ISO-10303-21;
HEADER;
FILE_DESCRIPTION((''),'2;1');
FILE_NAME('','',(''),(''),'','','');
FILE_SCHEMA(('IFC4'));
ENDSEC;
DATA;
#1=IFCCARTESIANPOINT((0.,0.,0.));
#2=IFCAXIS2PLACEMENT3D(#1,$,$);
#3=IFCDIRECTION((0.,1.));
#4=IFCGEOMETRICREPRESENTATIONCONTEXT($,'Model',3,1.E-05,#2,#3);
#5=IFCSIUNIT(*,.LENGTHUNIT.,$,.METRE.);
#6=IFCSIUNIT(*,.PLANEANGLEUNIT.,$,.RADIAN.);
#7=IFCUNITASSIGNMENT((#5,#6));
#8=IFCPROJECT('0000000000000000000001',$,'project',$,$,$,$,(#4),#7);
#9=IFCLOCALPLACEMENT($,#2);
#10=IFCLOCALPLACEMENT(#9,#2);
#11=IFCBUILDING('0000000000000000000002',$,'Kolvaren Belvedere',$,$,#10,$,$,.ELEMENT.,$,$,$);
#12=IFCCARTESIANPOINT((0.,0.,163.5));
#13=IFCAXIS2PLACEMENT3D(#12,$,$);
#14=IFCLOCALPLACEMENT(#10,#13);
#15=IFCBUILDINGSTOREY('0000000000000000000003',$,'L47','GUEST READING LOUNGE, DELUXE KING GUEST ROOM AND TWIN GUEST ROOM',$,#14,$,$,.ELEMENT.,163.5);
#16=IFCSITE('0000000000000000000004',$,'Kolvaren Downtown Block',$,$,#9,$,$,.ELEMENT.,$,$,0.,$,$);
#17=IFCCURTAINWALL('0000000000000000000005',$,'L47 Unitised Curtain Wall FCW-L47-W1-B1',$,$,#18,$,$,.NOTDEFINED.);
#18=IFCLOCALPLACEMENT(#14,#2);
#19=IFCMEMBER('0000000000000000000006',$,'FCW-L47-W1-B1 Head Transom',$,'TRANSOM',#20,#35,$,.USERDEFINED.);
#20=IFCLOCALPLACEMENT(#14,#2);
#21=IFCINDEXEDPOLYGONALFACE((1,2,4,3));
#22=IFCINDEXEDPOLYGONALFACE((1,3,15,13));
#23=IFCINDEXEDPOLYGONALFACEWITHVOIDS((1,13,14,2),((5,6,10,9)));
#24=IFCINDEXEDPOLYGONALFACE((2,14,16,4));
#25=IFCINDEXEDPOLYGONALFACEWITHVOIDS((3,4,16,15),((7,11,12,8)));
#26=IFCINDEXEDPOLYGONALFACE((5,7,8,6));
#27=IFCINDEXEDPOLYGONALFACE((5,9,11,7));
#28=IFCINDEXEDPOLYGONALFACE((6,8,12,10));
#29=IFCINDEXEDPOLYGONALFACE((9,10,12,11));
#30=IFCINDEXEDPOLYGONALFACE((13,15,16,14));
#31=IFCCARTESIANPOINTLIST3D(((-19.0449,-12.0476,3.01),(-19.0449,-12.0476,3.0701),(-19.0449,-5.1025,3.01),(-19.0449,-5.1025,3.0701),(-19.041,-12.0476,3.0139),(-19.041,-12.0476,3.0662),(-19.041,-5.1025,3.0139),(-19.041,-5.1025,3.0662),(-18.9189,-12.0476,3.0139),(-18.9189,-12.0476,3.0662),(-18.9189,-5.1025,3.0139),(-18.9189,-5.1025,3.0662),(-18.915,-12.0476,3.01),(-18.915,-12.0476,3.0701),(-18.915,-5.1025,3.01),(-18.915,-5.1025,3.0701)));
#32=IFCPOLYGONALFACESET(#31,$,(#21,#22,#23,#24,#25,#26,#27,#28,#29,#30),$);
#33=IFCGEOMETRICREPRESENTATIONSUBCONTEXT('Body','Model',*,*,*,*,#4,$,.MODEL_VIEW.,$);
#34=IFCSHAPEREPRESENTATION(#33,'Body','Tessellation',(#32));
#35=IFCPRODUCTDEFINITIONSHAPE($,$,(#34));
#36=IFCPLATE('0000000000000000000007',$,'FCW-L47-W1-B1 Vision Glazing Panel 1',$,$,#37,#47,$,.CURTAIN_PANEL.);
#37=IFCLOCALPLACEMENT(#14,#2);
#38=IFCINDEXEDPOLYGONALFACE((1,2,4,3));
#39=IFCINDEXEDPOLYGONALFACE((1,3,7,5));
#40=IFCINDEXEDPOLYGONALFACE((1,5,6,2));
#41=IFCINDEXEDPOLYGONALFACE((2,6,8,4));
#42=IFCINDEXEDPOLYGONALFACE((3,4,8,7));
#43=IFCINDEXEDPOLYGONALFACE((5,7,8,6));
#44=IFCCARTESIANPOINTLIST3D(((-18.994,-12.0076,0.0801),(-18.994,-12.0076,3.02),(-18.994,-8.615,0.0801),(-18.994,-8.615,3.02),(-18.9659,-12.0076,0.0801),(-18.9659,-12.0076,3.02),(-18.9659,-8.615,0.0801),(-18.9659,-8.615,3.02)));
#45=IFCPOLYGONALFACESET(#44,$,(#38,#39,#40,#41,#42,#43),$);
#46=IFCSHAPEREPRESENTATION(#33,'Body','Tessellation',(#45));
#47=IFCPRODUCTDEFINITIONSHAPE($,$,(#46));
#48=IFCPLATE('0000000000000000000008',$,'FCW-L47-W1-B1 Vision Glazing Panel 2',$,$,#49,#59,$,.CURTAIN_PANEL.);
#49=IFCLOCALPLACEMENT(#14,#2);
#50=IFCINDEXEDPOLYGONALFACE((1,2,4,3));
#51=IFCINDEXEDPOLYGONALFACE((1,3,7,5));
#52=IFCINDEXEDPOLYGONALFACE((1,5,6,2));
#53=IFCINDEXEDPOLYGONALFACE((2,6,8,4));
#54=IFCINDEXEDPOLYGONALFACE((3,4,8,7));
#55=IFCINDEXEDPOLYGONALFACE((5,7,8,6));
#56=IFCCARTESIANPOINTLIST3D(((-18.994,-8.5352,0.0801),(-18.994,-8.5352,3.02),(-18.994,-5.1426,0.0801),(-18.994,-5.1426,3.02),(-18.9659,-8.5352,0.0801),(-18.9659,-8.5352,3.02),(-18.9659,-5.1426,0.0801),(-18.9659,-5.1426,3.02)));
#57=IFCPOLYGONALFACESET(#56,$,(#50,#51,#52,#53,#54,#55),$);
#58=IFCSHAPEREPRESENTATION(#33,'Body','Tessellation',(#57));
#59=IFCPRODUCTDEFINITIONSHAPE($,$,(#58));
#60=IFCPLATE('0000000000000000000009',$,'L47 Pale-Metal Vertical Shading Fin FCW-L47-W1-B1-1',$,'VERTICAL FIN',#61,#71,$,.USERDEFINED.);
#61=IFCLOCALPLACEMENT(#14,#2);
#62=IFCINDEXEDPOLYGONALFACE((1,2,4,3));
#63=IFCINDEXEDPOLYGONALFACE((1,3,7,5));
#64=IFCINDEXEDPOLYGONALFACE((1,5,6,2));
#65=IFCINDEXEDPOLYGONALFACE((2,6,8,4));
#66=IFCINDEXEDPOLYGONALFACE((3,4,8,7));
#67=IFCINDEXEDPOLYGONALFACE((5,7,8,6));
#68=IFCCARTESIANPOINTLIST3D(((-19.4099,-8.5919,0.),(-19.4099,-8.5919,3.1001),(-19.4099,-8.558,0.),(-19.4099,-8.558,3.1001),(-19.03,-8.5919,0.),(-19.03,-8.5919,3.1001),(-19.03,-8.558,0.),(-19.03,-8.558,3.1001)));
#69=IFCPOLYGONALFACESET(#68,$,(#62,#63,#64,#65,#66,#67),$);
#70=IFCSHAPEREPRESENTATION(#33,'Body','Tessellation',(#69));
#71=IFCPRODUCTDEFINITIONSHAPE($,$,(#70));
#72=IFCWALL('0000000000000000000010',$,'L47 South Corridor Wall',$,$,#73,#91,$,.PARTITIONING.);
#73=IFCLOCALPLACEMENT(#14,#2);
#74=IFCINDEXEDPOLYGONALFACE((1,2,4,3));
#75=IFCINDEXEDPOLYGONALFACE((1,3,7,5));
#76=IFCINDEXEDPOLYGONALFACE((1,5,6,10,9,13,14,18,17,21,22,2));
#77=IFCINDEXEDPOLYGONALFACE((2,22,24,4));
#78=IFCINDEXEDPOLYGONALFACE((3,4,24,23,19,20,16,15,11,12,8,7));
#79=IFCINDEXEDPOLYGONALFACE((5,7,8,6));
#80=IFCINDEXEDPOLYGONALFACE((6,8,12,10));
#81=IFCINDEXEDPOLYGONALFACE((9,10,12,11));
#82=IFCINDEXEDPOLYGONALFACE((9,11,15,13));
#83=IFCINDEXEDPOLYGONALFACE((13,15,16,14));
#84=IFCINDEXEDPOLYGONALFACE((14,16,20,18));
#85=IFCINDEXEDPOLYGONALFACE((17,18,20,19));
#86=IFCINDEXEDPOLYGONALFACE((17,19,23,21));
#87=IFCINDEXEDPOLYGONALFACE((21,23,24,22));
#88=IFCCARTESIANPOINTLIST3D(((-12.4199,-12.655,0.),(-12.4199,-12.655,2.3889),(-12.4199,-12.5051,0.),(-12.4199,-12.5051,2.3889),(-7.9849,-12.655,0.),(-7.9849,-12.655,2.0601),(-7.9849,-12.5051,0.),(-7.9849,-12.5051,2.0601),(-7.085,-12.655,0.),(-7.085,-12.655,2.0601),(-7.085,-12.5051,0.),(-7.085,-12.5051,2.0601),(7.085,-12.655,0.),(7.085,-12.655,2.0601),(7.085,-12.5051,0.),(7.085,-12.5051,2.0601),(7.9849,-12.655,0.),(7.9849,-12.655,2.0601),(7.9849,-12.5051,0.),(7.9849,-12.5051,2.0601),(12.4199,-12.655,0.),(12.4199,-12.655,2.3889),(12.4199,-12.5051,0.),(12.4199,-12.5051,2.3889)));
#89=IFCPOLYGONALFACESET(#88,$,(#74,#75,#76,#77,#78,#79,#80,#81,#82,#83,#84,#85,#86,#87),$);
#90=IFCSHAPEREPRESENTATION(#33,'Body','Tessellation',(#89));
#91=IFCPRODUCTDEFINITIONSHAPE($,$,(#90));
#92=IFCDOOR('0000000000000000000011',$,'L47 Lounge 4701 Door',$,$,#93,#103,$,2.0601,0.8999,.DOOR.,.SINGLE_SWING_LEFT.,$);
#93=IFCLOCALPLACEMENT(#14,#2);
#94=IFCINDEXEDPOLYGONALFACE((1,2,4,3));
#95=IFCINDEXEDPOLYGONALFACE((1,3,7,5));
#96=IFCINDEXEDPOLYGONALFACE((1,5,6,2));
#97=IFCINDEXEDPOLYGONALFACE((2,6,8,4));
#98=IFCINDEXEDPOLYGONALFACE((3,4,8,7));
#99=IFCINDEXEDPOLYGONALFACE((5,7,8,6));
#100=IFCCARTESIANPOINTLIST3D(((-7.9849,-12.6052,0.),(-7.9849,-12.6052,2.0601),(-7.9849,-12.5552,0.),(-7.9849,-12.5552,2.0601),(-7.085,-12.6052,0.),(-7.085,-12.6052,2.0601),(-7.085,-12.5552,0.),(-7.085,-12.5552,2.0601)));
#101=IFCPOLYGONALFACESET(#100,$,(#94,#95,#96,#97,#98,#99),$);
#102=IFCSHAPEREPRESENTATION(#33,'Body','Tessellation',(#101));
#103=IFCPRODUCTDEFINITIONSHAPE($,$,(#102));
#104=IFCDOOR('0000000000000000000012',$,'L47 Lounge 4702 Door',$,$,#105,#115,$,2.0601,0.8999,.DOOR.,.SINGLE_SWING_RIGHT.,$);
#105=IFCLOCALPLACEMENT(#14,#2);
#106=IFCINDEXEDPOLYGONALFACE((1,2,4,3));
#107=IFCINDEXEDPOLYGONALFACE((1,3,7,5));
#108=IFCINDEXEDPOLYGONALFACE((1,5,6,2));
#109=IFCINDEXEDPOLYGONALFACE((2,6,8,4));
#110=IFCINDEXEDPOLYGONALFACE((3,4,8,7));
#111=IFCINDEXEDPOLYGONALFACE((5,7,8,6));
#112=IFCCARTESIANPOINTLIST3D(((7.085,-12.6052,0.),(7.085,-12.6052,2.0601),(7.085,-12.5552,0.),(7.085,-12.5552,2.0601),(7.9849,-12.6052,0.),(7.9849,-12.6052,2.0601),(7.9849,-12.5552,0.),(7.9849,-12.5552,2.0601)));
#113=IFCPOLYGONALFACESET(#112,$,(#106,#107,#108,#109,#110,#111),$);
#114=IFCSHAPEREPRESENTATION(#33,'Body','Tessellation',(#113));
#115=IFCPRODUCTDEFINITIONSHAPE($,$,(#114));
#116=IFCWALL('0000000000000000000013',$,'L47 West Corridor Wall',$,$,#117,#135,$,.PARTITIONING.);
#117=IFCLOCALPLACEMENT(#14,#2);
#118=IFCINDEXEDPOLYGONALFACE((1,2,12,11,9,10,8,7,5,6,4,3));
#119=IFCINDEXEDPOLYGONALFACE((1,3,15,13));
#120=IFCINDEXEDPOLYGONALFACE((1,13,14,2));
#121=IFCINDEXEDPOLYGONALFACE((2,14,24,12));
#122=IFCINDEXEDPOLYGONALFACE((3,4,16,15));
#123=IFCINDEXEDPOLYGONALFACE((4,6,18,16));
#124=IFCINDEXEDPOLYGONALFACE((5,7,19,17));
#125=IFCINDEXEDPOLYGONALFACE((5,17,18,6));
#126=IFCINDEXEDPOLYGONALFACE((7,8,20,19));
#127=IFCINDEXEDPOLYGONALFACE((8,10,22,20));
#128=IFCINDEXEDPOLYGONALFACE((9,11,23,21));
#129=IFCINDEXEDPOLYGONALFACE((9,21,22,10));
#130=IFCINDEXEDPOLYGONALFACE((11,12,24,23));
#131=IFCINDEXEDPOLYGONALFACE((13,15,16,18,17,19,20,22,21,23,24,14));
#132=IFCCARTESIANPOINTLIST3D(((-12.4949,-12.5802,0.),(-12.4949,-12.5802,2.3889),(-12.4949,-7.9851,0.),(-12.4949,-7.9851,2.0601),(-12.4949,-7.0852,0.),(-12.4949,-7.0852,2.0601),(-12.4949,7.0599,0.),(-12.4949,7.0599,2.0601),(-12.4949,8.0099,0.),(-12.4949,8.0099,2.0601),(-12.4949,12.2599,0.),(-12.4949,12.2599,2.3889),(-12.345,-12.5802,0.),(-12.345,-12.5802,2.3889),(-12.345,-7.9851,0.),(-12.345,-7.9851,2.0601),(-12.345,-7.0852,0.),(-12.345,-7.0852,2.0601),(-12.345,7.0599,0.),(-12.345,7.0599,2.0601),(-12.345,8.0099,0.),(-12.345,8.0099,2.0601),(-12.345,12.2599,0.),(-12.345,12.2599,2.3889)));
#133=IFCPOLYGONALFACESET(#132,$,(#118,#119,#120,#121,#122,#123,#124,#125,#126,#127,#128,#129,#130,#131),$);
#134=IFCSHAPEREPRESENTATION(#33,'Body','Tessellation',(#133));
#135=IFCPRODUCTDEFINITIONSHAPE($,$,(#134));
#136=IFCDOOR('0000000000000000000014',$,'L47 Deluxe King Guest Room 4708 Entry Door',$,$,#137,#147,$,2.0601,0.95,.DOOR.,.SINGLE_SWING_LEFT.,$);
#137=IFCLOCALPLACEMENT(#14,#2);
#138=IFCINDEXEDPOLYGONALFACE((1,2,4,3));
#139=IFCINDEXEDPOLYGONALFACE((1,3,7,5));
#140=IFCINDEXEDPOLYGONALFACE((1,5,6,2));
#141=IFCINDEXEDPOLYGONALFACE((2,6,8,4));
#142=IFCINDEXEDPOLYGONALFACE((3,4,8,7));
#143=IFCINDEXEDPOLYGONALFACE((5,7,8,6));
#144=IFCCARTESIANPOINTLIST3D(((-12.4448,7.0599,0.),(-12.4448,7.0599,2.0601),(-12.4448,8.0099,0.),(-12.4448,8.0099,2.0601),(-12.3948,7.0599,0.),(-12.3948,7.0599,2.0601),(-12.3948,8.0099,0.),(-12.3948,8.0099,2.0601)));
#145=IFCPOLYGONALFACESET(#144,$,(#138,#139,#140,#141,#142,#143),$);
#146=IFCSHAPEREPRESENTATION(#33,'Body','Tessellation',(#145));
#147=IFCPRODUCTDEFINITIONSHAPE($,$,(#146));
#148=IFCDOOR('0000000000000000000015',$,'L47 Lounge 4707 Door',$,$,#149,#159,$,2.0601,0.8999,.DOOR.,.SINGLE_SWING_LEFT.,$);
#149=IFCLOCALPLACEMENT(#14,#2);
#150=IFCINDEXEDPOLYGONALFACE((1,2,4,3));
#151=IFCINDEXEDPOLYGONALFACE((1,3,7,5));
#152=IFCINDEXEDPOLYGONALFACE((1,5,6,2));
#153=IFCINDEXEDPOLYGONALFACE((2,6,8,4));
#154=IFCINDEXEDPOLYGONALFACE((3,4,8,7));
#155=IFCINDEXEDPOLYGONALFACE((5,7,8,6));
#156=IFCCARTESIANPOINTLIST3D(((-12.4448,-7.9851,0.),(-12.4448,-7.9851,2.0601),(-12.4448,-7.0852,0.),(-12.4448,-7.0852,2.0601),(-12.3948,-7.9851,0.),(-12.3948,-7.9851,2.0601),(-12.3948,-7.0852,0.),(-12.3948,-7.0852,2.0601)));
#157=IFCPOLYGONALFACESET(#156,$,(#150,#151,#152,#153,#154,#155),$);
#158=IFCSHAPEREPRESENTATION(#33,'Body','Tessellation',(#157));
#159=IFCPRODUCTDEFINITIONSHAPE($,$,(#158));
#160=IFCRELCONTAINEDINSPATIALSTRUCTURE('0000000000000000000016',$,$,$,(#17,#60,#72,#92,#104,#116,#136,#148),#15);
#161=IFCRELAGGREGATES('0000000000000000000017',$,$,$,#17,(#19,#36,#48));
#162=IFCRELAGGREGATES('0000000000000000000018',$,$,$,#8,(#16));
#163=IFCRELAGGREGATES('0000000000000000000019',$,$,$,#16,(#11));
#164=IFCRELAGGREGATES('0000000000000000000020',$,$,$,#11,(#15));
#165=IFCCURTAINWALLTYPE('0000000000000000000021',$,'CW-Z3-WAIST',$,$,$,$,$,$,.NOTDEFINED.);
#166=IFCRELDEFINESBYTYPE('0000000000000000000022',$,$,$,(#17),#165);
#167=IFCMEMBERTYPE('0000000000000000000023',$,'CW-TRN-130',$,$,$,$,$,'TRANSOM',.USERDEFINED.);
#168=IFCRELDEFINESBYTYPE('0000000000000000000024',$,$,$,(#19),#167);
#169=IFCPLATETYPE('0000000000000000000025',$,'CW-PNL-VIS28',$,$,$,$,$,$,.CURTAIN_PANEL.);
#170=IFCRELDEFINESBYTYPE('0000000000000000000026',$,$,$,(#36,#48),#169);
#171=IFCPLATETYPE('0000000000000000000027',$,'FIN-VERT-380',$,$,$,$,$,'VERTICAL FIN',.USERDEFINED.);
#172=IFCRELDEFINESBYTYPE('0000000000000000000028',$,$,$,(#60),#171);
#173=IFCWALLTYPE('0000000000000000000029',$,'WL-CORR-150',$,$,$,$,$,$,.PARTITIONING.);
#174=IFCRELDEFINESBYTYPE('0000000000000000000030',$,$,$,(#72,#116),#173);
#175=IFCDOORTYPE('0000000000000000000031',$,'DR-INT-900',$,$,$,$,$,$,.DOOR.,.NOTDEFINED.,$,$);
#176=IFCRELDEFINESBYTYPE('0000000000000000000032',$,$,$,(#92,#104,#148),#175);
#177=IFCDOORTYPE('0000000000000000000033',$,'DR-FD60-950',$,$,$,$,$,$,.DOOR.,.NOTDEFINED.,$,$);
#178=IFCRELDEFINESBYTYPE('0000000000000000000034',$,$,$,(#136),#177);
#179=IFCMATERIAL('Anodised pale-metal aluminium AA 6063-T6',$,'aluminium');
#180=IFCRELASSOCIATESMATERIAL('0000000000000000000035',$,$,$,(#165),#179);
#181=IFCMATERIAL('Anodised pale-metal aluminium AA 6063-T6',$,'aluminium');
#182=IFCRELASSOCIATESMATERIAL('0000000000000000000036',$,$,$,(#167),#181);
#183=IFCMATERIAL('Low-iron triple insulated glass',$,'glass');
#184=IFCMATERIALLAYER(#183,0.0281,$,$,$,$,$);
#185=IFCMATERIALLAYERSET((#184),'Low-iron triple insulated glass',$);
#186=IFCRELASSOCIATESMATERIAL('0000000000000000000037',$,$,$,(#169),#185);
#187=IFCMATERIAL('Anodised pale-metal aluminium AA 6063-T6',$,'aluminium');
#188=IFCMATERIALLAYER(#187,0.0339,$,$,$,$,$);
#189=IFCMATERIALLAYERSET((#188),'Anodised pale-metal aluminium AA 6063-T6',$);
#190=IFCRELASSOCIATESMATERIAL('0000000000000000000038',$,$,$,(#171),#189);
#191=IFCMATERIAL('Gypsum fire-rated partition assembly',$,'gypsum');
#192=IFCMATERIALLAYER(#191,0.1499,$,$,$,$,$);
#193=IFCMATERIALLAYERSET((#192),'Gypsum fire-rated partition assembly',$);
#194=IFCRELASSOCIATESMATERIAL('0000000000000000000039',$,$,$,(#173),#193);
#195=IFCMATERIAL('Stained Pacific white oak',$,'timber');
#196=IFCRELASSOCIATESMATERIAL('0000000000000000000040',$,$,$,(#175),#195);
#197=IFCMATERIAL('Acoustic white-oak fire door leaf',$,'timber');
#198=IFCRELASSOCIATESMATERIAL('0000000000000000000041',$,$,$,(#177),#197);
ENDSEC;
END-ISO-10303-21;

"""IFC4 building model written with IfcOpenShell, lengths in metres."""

from ifc_helpers import new_model, si_unit, direction, frame, frame_2d, origin, origin_2d, place, context, subcontext, project, spatial, rectangle, hollow_rectangle, extrude, material, layer, layer_set, material_profile, profile_set, type_object, element, fill, aggregate, save


model = new_model("IFC4")

# Units and contexts
model_context = context("Model", 3, precision=1e-05, world=origin(), true_north=direction((0.0, 1.0)))
body_context = subcontext(model_context, "Body", "Model", "MODEL_VIEW")
ifc_project = project(units=[si_unit("LENGTHUNIT", "METRE"), si_unit("PLANEANGLEUNIT", "RADIAN")], contexts=[model_context])

# Site, building, storey
site_placement = place(None, origin())
site = spatial("IfcSite", under=ifc_project, at=site_placement, Name="Kolvaren Downtown Block", CompositionType="ELEMENT", RefElevation=0.0)
building_placement = place(site_placement, origin())
building = spatial("IfcBuilding", under=site, at=building_placement, Name="Kolvaren Belvedere", CompositionType="ELEMENT")
storey_placement = place(building_placement, frame((0.0, 0.0, 163.5)))
storey = spatial("IfcBuildingStorey", under=building, at=storey_placement, Name="L47", Description="GUEST READING LOUNGE, DELUXE KING GUEST ROOM AND TWIN GUEST ROOM", CompositionType="ELEMENT", Elevation=163.5)

# Curtain wall, member, plates
ifc_material_1 = material(Name="Anodised pale-metal aluminium AA 6063-T6", Category="aluminium")
curtain_wall_type = type_object("IfcCurtainWallType", Name="CW-Z3-WAIST", PredefinedType="NOTDEFINED", material=ifc_material_1)
curtain_wall_placement = place(storey_placement, origin())
curtain_wall = element("IfcCurtainWall", 1, at=curtain_wall_placement, inside=storey, type_object=curtain_wall_type, Name="L47 Unitised Curtain Wall FCW-L47-W1-B1", PredefinedType="NOTDEFINED")
ifc_material_2 = material(Name="Anodised pale-metal aluminium AA 6063-T6", Category="aluminium")
ifc_material_profile_1 = material_profile(ifc_material_2, hollow_rectangle(XDim=0.0601, YDim=0.1299, WallThickness=0.0039, at=origin_2d()), Name="ALU-TRN-130X60")
ifc_profile_set_1 = profile_set([ifc_material_profile_1], Name="Anodised pale-metal aluminium AA 6063-T6")
member_type_1 = type_object("IfcMemberType", Name="CW-TRN-130", ElementType="TRANSOM", PredefinedType="USERDEFINED", material=ifc_profile_set_1)
member_1_placement = place(storey_placement, frame((-18.98, -12.0476, 3.04), z_axis=(0.0, 1.0, 0.0), x_axis=(0.0, 0.0, 1.0)))
member_1 = element("IfcMember", 2, at=member_1_placement, type_object=member_type_1, Name="FCW-L47-W1-B1 Head Transom", ObjectType="TRANSOM", PredefinedType="USERDEFINED", context=body_context, shape_type="SweptSolid", body=[
    extrude(hollow_rectangle(XDim=0.0601, YDim=0.1299, WallThickness=0.0039, at=origin_2d()), origin(), (0.0, 0.0, 1.0), 6.9451),
])
ifc_material_3 = material(Name="Low-iron triple insulated glass", Category="glass")
ifc_layer_1 = layer(ifc_material_3, 0.0281)
ifc_layer_set_1 = layer_set([ifc_layer_1], Name="Low-iron triple insulated glass")
plate_type_1 = type_object("IfcPlateType", Name="CW-PNL-VIS28", PredefinedType="CURTAIN_PANEL", material=ifc_layer_set_1)
plate_1_placement = place(storey_placement, frame((-18.98, -10.3113, 0.0801), z_axis=(0.0, 0.0, 1.0), x_axis=(0.0, 1.0, 0.0)))
plate_1 = element("IfcPlate", 3, at=plate_1_placement, type_object=plate_type_1, Name="FCW-L47-W1-B1 Vision Glazing Panel 1", PredefinedType="CURTAIN_PANEL", context=body_context, shape_type="SweptSolid", body=[
    extrude(rectangle(XDim=3.3926, YDim=0.0281, at=origin_2d()), origin(), (0.0, 0.0, 1.0), 2.9399),
])
plate_2_placement = place(storey_placement, frame((-18.98, -6.8389, 0.0801), z_axis=(0.0, 0.0, 1.0), x_axis=(0.0, 1.0, 0.0)))
plate_2 = element("IfcPlate", 4, at=plate_2_placement, type_object=plate_type_1, Name="FCW-L47-W1-B1 Vision Glazing Panel 2", PredefinedType="CURTAIN_PANEL", context=body_context, shape_type="SweptSolid", body=[
    extrude(rectangle(XDim=3.3926, YDim=0.0281, at=origin_2d()), origin(), (0.0, 0.0, 1.0), 2.9399),
])
aggregate(curtain_wall, [member_1, plate_1, plate_2])

# Plate
ifc_material_4 = material(Name="Anodised pale-metal aluminium AA 6063-T6", Category="aluminium")
ifc_layer_2 = layer(ifc_material_4, 0.0339)
ifc_layer_set_2 = layer_set([ifc_layer_2], Name="Anodised pale-metal aluminium AA 6063-T6")
plate_type_2 = type_object("IfcPlateType", Name="FIN-VERT-380", ElementType="VERTICAL FIN", PredefinedType="USERDEFINED", material=ifc_layer_set_2)
plate_3_placement = place(storey_placement, frame((-19.22, -8.575, 0.0), z_axis=(0.0, 0.0, 1.0), x_axis=(1.0, 0.0, 0.0)))
element("IfcPlate", 5, at=plate_3_placement, inside=storey, type_object=plate_type_2, Name="L47 Pale-Metal Vertical Shading Fin FCW-L47-W1-B1-1", ObjectType="VERTICAL FIN", PredefinedType="USERDEFINED", context=body_context, shape_type="SweptSolid", body=[
    extrude(rectangle(XDim=0.3799, YDim=0.0339, at=origin_2d()), origin(), (0.0, 0.0, 1.0), 3.1001),
])

# Walls, openings, doors
ifc_material_5 = material(Name="Gypsum fire-rated partition assembly", Category="gypsum")
ifc_layer_3 = layer(ifc_material_5, 0.1499)
ifc_layer_set_3 = layer_set([ifc_layer_3], Name="Gypsum fire-rated partition assembly")
wall_type_1 = type_object("IfcWallType", Name="WL-CORR-150", PredefinedType="PARTITIONING", material=ifc_layer_set_3)
wall_1_placement = place(storey_placement, frame((-12.4199, -12.5801, 0.0), z_axis=(0.0, 0.0, 1.0), x_axis=(1.0, 0.0, 0.0)))
wall_1 = element("IfcWall", 6, at=wall_1_placement, inside=storey, type_object=wall_type_1, Name="L47 South Corridor Wall", PredefinedType="PARTITIONING", context=body_context, shape_type="SweptSolid", body=[
    extrude(rectangle(XDim=24.8398, YDim=0.1499, at=frame_2d((12.4199, 0.0))), origin(), (0.0, 0.0, 1.0), 2.3889),
])
opening_1_placement = place(wall_1_placement, frame((4.4351, 0.0, 0.0)))
opening_1 = element("IfcOpeningElement", 7, at=opening_1_placement, cuts=wall_1, PredefinedType="OPENING", context=body_context, shape_type="SweptSolid", body=[
    extrude(rectangle(XDim=0.8999, YDim=2.0601, at=frame_2d((0.45, 1.03))), frame((0.0, 0.085, 0.0), z_axis=(0.0, -1.0, 0.0), x_axis=(1.0, 0.0, 0.0)), (0.0, 0.0, 1.0), 0.1699),
])
opening_2_placement = place(wall_1_placement, frame((19.5049, 0.0, 0.0)))
opening_2 = element("IfcOpeningElement", 8, at=opening_2_placement, cuts=wall_1, PredefinedType="OPENING", context=body_context, shape_type="SweptSolid", body=[
    extrude(rectangle(XDim=0.8999, YDim=2.0601, at=frame_2d((0.45, 1.03))), frame((0.0, 0.085, 0.0), z_axis=(0.0, -1.0, 0.0), x_axis=(1.0, 0.0, 0.0)), (0.0, 0.0, 1.0), 0.1699),
])
ifc_material_6 = material(Name="Stained Pacific white oak", Category="timber")
door_type_1 = type_object("IfcDoorType", Name="DR-INT-900", OperationType="NOTDEFINED", PredefinedType="DOOR", material=ifc_material_6)
door_1_placement = place(opening_1_placement, origin())
door_1 = element("IfcDoor", 9, at=door_1_placement, inside=storey, type_object=door_type_1, Name="L47 Lounge 4701 Door", OperationType="SINGLE_SWING_LEFT", OverallHeight=2.0601, OverallWidth=0.8999, PredefinedType="DOOR", context=body_context, shape_type="SweptSolid", body=[
    extrude(rectangle(XDim=0.8999, YDim=2.0601, at=frame_2d((0.45, 1.03))), frame((0.0, 0.0249, 0.0), z_axis=(0.0, -1.0, 0.0), x_axis=(1.0, 0.0, 0.0)), (0.0, 0.0, 1.0), 0.05),
])
fill(opening_1, door_1)
door_2_placement = place(opening_2_placement, origin())
door_2 = element("IfcDoor", 10, at=door_2_placement, inside=storey, type_object=door_type_1, Name="L47 Lounge 4702 Door", OperationType="SINGLE_SWING_RIGHT", OverallHeight=2.0601, OverallWidth=0.8999, PredefinedType="DOOR", context=body_context, shape_type="SweptSolid", body=[
    extrude(rectangle(XDim=0.8999, YDim=2.0601, at=frame_2d((0.45, 1.03))), frame((0.0, 0.0249, 0.0), z_axis=(0.0, -1.0, 0.0), x_axis=(1.0, 0.0, 0.0)), (0.0, 0.0, 1.0), 0.05),
])
fill(opening_2, door_2)
wall_2_placement = place(storey_placement, frame((-12.4199, -12.5801, 0.0), z_axis=(0.0, 0.0, 1.0), x_axis=(0.0, 1.0, 0.0)))
wall_2 = element("IfcWall", 11, at=wall_2_placement, inside=storey, type_object=wall_type_1, Name="L47 West Corridor Wall", PredefinedType="PARTITIONING", context=body_context, shape_type="SweptSolid", body=[
    extrude(rectangle(XDim=24.8401, YDim=0.1499, at=frame_2d((12.4199, 0.0))), origin(), (0.0, 0.0, 1.0), 2.3889),
])
opening_3_placement = place(wall_2_placement, frame((4.595, 0.0, 0.0)))
opening_3 = element("IfcOpeningElement", 12, at=opening_3_placement, cuts=wall_2, PredefinedType="OPENING", context=body_context, shape_type="SweptSolid", body=[
    extrude(rectangle(XDim=0.8999, YDim=2.0601, at=frame_2d((0.45, 1.03))), frame((0.0, 0.085, 0.0), z_axis=(0.0, -1.0, 0.0), x_axis=(1.0, 0.0, 0.0)), (0.0, 0.0, 1.0), 0.1699),
])
opening_4_placement = place(wall_2_placement, frame((19.6399, 0.0, 0.0)))
opening_4 = element("IfcOpeningElement", 13, at=opening_4_placement, cuts=wall_2, PredefinedType="OPENING", context=body_context, shape_type="SweptSolid", body=[
    extrude(rectangle(XDim=0.95, YDim=2.0601, at=frame_2d((0.4751, 1.03))), frame((0.0, 0.085, 0.0), z_axis=(0.0, -1.0, 0.0), x_axis=(1.0, 0.0, 0.0)), (0.0, 0.0, 1.0), 0.1699),
])
ifc_material_7 = material(Name="Acoustic white-oak fire door leaf", Category="timber")
door_type_2 = type_object("IfcDoorType", Name="DR-FD60-950", OperationType="NOTDEFINED", PredefinedType="DOOR", material=ifc_material_7)
door_3_placement = place(opening_4_placement, origin())
door_3 = element("IfcDoor", 14, at=door_3_placement, inside=storey, type_object=door_type_2, Name="L47 Deluxe King Guest Room 4708 Entry Door", OperationType="SINGLE_SWING_LEFT", OverallHeight=2.0601, OverallWidth=0.95, PredefinedType="DOOR", context=body_context, shape_type="SweptSolid", body=[
    extrude(rectangle(XDim=0.95, YDim=2.0601, at=frame_2d((0.4751, 1.03))), frame((0.0, 0.0249, 0.0), z_axis=(0.0, -1.0, 0.0), x_axis=(1.0, 0.0, 0.0)), (0.0, 0.0, 1.0), 0.05),
])
fill(opening_4, door_3)
door_4_placement = place(opening_3_placement, origin())
door_4 = element("IfcDoor", 15, at=door_4_placement, inside=storey, type_object=door_type_1, Name="L47 Lounge 4707 Door", OperationType="SINGLE_SWING_LEFT", OverallHeight=2.0601, OverallWidth=0.8999, PredefinedType="DOOR", context=body_context, shape_type="SweptSolid", body=[
    extrude(rectangle(XDim=0.8999, YDim=2.0601, at=frame_2d((0.45, 1.03))), frame((0.0, 0.0249, 0.0), z_axis=(0.0, -1.0, 0.0), x_axis=(1.0, 0.0, 0.0)), (0.0, 0.0, 1.0), 0.05),
])
fill(opening_3, door_4)

save(model, "model.ifc")
